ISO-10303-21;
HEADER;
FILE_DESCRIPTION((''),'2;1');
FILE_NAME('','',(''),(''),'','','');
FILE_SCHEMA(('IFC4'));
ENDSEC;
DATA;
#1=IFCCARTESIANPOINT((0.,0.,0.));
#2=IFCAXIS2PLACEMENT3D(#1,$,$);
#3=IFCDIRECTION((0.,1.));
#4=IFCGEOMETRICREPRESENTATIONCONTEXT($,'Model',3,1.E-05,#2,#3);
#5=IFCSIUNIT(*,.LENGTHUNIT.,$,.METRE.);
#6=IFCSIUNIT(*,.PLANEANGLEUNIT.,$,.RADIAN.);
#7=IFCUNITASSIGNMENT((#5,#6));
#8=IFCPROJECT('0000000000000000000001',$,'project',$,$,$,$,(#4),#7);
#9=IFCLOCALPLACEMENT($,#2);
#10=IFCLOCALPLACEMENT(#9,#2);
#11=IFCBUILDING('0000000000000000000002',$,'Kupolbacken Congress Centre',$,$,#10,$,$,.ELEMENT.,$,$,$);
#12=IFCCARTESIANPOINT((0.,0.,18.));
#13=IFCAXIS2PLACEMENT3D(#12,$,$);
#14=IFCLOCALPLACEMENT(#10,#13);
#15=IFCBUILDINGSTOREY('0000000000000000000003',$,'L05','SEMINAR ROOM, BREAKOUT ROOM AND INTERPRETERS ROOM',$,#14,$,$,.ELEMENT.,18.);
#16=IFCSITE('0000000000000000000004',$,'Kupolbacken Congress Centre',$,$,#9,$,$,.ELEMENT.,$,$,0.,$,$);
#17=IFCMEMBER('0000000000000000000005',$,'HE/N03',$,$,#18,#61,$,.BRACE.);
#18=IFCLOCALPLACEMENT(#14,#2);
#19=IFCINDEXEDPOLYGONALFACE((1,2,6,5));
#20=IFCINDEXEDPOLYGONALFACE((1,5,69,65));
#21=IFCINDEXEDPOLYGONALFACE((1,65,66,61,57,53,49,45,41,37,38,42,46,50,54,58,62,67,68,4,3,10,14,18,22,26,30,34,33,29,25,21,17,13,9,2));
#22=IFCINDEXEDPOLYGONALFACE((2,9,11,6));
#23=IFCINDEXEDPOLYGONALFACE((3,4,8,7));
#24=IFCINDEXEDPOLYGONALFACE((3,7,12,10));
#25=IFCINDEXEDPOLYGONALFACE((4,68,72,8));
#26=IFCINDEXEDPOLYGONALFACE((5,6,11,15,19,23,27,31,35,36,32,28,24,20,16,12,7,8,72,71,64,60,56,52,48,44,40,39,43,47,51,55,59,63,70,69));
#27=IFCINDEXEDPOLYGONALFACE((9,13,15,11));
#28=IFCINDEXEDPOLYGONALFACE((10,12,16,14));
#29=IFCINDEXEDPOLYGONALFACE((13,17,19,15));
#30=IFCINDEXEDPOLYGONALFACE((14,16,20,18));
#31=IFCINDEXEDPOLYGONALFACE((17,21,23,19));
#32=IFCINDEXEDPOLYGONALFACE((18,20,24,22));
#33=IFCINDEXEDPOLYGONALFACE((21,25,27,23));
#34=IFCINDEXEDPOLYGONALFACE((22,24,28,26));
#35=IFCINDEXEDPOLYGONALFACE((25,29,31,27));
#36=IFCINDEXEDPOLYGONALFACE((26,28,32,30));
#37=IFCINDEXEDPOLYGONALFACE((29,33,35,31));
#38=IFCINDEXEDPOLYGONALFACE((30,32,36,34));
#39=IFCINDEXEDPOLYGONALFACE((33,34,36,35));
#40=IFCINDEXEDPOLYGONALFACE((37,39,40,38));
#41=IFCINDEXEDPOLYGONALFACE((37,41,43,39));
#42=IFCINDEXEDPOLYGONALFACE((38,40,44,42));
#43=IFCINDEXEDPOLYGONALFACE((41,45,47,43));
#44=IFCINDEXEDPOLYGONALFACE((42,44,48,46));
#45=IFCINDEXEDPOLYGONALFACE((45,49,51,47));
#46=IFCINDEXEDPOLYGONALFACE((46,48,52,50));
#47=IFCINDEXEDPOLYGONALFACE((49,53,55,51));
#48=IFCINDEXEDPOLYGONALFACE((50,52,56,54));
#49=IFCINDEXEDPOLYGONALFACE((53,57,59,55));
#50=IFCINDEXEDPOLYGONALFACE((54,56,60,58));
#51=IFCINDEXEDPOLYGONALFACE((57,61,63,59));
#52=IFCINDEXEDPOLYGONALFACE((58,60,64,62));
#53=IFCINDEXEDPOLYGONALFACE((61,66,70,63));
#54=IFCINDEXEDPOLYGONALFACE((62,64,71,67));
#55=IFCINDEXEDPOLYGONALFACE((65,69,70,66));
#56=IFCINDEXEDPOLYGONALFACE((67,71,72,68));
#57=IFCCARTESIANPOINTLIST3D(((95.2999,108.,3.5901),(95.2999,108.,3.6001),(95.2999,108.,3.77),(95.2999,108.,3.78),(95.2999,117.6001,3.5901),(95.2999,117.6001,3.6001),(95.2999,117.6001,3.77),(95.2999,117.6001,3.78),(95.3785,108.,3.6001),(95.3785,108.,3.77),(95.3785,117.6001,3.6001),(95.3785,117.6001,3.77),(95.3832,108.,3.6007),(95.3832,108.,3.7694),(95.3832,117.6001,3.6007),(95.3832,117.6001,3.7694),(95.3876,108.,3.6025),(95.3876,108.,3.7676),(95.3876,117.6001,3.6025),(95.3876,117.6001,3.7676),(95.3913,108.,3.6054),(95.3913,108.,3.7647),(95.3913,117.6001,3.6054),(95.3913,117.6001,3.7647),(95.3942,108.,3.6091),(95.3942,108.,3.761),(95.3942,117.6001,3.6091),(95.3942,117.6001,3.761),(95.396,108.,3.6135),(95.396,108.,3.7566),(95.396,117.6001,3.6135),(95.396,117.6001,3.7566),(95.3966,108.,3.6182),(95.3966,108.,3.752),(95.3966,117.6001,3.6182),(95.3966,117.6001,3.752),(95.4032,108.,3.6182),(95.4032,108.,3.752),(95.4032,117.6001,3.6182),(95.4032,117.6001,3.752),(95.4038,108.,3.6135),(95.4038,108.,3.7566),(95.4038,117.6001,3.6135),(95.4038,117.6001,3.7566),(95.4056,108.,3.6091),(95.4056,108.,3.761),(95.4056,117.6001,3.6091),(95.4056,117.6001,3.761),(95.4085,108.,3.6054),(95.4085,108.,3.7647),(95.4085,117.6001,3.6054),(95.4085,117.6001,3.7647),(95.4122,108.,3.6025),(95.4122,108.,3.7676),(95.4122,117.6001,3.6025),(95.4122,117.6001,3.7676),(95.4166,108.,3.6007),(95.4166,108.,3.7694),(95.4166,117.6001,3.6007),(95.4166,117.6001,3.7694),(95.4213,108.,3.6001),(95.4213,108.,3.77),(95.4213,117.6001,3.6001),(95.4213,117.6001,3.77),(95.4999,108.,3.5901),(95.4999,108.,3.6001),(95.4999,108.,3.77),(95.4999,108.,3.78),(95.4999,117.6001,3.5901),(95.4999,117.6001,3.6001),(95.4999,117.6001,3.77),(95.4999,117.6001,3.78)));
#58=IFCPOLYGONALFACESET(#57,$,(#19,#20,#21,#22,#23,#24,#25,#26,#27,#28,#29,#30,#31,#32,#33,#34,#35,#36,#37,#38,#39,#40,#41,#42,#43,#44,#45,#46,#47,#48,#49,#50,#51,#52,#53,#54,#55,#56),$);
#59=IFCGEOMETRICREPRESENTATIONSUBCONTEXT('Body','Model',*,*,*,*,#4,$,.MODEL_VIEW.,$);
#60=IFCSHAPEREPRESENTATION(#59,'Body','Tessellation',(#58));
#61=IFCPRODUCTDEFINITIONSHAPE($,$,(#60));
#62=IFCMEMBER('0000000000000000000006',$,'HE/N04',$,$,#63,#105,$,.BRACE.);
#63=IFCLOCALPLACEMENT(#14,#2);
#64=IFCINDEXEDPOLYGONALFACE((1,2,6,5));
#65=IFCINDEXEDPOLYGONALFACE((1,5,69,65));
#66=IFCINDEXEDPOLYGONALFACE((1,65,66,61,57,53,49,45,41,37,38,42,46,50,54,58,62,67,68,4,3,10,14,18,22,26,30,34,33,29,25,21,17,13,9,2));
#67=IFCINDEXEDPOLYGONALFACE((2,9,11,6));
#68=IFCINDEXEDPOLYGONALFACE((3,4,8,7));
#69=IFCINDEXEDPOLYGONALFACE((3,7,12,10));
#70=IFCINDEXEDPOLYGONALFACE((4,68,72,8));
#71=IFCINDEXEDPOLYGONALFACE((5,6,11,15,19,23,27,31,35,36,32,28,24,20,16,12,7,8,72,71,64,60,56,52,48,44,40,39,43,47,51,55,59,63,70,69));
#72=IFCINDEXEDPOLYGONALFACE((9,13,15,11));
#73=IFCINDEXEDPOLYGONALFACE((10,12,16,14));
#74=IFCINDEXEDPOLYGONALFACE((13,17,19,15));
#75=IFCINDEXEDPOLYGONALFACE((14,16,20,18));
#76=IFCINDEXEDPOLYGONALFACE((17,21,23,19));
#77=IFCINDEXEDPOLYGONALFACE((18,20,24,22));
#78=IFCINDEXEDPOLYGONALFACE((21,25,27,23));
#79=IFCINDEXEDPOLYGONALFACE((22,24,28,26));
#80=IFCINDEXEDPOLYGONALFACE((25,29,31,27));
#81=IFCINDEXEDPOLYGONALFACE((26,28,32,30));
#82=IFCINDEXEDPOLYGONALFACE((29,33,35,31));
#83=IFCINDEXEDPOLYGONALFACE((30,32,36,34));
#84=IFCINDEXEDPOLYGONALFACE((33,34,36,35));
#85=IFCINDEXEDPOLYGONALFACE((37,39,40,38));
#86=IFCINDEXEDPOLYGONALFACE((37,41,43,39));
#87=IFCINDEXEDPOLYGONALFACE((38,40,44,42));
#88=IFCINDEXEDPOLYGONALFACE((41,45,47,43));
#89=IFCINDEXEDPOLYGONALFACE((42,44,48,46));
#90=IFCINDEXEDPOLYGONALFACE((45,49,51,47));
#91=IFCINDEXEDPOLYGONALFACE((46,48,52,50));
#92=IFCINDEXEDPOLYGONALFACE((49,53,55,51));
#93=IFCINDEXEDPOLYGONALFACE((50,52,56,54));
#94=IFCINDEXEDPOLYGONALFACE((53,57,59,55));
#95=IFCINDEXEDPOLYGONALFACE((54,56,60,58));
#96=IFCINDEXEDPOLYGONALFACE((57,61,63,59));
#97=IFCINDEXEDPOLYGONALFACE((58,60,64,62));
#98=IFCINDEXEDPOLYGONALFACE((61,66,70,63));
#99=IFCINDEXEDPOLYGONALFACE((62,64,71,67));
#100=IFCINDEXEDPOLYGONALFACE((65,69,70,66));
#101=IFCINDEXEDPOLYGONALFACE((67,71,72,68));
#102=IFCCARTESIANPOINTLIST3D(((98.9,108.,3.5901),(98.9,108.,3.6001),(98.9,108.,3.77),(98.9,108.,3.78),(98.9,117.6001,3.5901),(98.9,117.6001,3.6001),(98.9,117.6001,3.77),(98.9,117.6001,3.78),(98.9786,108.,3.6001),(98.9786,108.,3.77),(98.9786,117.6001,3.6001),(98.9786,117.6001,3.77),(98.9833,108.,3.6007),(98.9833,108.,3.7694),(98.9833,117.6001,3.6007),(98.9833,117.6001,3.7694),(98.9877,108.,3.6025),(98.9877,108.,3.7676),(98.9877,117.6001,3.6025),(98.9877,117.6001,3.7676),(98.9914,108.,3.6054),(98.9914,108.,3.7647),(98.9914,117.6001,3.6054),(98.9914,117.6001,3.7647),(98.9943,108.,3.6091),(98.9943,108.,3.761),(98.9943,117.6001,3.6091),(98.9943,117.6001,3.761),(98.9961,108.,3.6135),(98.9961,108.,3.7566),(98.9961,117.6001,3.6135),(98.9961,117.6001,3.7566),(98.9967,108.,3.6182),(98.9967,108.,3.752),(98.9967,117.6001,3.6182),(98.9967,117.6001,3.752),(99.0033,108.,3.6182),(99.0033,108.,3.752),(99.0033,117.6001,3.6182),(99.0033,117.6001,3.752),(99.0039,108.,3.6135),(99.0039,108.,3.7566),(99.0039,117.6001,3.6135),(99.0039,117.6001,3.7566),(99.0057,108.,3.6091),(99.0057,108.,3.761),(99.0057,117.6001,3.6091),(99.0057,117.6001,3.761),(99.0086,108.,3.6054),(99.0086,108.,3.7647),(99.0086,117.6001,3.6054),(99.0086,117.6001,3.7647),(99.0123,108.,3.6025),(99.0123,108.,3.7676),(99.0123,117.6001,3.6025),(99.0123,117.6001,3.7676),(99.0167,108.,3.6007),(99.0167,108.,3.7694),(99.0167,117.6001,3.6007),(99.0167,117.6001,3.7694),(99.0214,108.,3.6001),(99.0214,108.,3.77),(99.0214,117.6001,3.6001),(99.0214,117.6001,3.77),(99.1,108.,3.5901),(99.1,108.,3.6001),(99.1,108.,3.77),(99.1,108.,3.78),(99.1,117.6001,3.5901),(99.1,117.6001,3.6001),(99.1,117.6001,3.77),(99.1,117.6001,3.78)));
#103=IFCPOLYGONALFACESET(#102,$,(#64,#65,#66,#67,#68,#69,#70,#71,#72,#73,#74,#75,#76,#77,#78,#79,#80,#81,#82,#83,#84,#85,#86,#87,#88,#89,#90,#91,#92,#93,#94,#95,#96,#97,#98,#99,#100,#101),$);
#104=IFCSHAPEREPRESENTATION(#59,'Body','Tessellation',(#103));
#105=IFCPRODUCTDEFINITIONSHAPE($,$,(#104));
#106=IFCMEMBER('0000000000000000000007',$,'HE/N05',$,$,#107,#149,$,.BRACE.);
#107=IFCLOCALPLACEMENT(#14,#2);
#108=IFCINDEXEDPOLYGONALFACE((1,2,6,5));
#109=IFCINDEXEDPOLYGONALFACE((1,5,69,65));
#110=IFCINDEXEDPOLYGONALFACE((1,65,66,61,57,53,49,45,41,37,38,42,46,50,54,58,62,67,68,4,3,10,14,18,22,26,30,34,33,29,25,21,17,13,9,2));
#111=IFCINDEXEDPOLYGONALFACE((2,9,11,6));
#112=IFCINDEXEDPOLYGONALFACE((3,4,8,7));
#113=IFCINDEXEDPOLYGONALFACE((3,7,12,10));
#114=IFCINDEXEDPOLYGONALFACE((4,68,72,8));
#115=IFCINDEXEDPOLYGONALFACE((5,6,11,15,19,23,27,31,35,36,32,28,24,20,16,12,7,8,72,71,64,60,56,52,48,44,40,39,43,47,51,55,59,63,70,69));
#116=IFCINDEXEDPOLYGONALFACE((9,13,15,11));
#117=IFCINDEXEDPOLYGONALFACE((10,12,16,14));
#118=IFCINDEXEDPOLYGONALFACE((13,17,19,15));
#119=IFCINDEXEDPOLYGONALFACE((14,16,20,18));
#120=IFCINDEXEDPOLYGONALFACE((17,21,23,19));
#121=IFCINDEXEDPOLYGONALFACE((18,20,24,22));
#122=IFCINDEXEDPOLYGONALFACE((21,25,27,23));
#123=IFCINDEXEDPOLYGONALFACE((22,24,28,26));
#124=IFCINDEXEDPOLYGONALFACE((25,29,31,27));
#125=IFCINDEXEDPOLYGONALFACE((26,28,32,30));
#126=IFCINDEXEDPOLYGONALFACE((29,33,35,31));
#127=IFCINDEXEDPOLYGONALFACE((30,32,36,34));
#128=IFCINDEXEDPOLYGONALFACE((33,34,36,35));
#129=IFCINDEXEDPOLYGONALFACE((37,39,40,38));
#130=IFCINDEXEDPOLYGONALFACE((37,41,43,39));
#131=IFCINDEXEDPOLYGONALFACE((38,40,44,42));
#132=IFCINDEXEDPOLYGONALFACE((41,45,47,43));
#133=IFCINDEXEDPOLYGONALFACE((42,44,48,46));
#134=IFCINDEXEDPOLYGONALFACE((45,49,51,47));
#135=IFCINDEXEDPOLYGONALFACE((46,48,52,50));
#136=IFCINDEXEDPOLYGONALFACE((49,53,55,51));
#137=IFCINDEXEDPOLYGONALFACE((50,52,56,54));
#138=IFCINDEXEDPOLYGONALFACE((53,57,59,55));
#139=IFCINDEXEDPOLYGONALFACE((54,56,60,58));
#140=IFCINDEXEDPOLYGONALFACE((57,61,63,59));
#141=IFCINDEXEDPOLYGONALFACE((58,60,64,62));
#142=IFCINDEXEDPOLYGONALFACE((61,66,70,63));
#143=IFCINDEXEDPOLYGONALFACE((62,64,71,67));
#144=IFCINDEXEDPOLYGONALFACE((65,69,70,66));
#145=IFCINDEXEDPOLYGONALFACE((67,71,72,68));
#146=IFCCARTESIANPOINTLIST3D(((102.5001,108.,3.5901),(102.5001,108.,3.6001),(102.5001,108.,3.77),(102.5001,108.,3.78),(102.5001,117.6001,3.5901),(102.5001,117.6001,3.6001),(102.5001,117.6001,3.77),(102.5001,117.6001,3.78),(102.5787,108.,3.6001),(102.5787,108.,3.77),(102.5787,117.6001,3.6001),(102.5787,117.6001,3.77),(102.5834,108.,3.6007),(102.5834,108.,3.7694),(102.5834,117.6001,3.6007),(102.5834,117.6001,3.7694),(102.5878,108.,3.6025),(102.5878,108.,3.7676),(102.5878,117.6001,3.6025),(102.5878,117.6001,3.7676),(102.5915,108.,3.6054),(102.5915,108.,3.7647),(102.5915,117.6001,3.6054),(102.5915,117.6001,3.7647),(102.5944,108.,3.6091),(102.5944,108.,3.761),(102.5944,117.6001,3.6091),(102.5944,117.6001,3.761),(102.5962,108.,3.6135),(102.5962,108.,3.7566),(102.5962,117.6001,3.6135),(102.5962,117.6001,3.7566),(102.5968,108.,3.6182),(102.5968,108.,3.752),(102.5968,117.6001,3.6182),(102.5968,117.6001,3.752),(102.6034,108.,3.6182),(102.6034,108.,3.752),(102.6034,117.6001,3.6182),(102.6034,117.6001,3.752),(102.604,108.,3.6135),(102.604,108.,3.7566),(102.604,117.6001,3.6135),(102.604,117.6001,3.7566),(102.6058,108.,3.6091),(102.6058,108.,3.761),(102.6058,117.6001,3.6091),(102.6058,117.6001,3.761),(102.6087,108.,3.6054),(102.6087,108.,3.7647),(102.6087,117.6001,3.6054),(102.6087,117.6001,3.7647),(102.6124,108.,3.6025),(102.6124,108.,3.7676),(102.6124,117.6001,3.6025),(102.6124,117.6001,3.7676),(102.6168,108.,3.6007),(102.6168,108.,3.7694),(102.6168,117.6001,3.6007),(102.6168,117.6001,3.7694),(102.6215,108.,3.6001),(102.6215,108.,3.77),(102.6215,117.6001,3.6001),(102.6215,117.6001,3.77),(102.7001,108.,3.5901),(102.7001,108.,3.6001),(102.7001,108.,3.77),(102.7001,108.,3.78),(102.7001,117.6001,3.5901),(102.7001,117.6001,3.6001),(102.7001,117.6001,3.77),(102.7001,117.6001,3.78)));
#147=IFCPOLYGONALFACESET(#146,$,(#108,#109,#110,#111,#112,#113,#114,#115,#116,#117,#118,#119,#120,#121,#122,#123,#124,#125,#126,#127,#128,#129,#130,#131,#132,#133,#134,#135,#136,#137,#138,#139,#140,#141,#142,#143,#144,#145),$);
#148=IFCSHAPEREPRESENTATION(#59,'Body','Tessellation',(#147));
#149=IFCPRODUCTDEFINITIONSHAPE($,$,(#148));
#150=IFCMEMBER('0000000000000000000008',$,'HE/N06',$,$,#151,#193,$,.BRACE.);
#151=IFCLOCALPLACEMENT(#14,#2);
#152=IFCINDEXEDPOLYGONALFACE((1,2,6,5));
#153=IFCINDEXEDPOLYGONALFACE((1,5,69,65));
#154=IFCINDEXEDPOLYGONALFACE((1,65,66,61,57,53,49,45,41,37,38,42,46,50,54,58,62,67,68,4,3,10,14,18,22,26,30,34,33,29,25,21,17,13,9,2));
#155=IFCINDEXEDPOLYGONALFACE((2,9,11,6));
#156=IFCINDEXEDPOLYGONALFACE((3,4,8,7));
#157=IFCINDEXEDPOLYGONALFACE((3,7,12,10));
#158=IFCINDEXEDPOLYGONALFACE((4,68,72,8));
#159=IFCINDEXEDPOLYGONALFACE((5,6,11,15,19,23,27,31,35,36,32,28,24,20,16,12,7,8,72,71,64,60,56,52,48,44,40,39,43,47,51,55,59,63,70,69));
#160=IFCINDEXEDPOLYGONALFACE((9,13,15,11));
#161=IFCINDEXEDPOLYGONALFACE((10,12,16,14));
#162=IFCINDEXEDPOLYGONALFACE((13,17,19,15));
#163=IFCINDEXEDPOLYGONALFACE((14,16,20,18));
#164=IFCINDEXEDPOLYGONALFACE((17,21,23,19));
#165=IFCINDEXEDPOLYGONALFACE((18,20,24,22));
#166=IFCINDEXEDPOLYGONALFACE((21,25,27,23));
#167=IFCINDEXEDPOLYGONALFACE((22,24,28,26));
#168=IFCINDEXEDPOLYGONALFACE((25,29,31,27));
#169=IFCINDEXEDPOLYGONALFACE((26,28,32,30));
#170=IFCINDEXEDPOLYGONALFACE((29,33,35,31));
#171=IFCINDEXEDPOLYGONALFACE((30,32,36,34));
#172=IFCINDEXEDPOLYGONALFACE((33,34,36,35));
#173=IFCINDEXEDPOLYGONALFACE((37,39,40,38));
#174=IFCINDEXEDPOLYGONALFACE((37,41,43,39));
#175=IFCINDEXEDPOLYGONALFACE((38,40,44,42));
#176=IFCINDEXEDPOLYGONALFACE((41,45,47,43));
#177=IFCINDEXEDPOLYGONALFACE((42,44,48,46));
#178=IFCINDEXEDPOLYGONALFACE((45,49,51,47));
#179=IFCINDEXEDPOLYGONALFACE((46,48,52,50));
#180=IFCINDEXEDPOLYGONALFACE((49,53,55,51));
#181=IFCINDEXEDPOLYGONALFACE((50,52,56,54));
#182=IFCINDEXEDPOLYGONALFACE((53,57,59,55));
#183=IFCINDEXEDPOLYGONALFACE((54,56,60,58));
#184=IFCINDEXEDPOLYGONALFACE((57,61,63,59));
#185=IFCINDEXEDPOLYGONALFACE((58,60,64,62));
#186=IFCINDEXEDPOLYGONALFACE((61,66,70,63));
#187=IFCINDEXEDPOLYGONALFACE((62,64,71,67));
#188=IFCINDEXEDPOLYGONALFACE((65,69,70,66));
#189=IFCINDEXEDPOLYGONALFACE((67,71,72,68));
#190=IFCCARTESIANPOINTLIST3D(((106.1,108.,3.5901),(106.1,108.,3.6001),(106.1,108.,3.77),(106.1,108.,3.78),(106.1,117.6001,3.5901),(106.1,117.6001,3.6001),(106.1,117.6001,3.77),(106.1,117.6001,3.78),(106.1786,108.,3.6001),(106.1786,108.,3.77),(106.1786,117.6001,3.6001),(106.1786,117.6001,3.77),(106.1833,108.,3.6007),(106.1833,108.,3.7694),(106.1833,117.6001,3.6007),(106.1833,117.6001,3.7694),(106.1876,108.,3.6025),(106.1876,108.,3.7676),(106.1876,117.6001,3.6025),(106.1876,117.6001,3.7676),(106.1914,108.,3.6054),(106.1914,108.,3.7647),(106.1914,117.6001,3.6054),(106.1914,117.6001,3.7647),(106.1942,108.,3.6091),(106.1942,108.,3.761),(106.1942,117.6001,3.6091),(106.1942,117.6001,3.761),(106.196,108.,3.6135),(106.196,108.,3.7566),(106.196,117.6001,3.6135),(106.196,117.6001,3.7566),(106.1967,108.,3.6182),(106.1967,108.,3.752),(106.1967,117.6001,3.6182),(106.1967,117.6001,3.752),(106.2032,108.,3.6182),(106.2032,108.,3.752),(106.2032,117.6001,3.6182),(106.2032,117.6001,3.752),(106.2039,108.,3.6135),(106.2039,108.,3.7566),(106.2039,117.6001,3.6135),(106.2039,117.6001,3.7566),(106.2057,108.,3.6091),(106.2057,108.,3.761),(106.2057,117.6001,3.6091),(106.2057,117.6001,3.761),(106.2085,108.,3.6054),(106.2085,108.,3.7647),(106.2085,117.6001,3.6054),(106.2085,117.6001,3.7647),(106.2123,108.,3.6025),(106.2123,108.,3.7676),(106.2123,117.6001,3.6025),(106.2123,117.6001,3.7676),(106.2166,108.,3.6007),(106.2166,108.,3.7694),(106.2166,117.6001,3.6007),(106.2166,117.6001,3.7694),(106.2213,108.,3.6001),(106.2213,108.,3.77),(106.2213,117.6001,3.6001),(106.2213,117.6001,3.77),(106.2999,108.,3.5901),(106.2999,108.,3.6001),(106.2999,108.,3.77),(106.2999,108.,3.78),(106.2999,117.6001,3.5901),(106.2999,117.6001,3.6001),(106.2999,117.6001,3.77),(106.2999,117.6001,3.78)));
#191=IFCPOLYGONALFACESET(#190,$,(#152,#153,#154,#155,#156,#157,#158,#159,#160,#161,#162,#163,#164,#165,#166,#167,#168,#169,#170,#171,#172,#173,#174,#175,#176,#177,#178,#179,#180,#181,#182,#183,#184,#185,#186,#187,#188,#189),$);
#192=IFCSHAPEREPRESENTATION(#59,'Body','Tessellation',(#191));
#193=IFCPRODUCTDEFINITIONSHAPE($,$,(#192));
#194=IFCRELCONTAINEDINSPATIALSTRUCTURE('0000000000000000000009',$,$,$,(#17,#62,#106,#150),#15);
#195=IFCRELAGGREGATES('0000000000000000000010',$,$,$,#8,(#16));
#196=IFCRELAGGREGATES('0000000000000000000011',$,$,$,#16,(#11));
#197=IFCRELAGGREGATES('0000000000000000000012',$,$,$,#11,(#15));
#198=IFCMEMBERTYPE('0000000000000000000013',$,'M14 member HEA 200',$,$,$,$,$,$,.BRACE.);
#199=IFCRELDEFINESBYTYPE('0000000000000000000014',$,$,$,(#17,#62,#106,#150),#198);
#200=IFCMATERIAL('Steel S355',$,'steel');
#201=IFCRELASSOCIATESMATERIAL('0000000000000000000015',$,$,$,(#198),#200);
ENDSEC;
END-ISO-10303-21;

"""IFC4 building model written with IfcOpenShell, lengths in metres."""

from ifc_helpers import new_model, si_unit, direction, frame, origin, origin_2d, place, context, subcontext, project, spatial, i_section, extrude, material, material_profile, profile_set, type_object, element, save


model = new_model("IFC4")

# Units and contexts
model_context = context("Model", 3, precision=1e-05, world=origin(), true_north=direction((0.0, 1.0)))
body_context = subcontext(model_context, "Body", "Model", "MODEL_VIEW")
ifc_project = project(units=[si_unit("LENGTHUNIT", "METRE"), si_unit("PLANEANGLEUNIT", "RADIAN")], contexts=[model_context])

# Site, building, storey
site_placement = place(None, origin())
site = spatial("IfcSite", under=ifc_project, at=site_placement, Name="Kupolbacken Congress Centre", CompositionType="ELEMENT", RefElevation=0.0)
building_placement = place(site_placement, origin())
building = spatial("IfcBuilding", under=site, at=building_placement, Name="Kupolbacken Congress Centre", CompositionType="ELEMENT")
storey_placement = place(building_placement, frame((0.0, 0.0, 18.0)))
storey = spatial("IfcBuildingStorey", under=building, at=storey_placement, Name="L05", Description="SEMINAR ROOM, BREAKOUT ROOM AND INTERPRETERS ROOM", CompositionType="ELEMENT", Elevation=18.0)

# Members
ifc_material_1 = material(Name="Steel S355", Category="steel")
ifc_material_profile_1 = material_profile(ifc_material_1, i_section(OverallWidth=0.2, OverallDepth=0.1899, WebThickness=0.0066, FlangeThickness=0.01, FilletRadius=0.0181, at=origin_2d()), Name="HEA 200")
ifc_profile_set_1 = profile_set([ifc_material_profile_1], Name="Steel S355")
member_type_1 = type_object("IfcMemberType", Name="M14 member HEA 200", PredefinedType="BRACE", material=ifc_profile_set_1)
for number, where, z_axis, x_axis, name in (
    (1, (95.3999, 108.0, 3.6851), (0.0, 1.0, 0.0), (-1.0, 0.0, 0.0), "HE/N03"),
    (2, (99.0, 108.0, 3.6851), (0.0, 1.0, 0.0), (-1.0, 0.0, 0.0), "HE/N04"),
    (3, (102.6001, 108.0, 3.6851), (0.0, 1.0, 0.0), (-1.0, 0.0, 0.0), "HE/N05"),
    (4, (106.2, 108.0, 3.6851), (0.0, 1.0, 0.0), (-1.0, 0.0, 0.0), "HE/N06"),
):
    element("IfcMember", number, at=place(storey_placement, frame(where, z_axis=z_axis, x_axis=x_axis)), inside=storey, type_object=member_type_1, Name=name, PredefinedType="BRACE", context=body_context, shape_type="SweptSolid", body=[
        extrude(i_section(OverallWidth=0.2, OverallDepth=0.1899, WebThickness=0.0066, FlangeThickness=0.01, FilletRadius=0.0181, at=origin_2d()), origin(), (0.0, 0.0, 1.0), 9.6001),
    ])

save(model, "model.ifc")
